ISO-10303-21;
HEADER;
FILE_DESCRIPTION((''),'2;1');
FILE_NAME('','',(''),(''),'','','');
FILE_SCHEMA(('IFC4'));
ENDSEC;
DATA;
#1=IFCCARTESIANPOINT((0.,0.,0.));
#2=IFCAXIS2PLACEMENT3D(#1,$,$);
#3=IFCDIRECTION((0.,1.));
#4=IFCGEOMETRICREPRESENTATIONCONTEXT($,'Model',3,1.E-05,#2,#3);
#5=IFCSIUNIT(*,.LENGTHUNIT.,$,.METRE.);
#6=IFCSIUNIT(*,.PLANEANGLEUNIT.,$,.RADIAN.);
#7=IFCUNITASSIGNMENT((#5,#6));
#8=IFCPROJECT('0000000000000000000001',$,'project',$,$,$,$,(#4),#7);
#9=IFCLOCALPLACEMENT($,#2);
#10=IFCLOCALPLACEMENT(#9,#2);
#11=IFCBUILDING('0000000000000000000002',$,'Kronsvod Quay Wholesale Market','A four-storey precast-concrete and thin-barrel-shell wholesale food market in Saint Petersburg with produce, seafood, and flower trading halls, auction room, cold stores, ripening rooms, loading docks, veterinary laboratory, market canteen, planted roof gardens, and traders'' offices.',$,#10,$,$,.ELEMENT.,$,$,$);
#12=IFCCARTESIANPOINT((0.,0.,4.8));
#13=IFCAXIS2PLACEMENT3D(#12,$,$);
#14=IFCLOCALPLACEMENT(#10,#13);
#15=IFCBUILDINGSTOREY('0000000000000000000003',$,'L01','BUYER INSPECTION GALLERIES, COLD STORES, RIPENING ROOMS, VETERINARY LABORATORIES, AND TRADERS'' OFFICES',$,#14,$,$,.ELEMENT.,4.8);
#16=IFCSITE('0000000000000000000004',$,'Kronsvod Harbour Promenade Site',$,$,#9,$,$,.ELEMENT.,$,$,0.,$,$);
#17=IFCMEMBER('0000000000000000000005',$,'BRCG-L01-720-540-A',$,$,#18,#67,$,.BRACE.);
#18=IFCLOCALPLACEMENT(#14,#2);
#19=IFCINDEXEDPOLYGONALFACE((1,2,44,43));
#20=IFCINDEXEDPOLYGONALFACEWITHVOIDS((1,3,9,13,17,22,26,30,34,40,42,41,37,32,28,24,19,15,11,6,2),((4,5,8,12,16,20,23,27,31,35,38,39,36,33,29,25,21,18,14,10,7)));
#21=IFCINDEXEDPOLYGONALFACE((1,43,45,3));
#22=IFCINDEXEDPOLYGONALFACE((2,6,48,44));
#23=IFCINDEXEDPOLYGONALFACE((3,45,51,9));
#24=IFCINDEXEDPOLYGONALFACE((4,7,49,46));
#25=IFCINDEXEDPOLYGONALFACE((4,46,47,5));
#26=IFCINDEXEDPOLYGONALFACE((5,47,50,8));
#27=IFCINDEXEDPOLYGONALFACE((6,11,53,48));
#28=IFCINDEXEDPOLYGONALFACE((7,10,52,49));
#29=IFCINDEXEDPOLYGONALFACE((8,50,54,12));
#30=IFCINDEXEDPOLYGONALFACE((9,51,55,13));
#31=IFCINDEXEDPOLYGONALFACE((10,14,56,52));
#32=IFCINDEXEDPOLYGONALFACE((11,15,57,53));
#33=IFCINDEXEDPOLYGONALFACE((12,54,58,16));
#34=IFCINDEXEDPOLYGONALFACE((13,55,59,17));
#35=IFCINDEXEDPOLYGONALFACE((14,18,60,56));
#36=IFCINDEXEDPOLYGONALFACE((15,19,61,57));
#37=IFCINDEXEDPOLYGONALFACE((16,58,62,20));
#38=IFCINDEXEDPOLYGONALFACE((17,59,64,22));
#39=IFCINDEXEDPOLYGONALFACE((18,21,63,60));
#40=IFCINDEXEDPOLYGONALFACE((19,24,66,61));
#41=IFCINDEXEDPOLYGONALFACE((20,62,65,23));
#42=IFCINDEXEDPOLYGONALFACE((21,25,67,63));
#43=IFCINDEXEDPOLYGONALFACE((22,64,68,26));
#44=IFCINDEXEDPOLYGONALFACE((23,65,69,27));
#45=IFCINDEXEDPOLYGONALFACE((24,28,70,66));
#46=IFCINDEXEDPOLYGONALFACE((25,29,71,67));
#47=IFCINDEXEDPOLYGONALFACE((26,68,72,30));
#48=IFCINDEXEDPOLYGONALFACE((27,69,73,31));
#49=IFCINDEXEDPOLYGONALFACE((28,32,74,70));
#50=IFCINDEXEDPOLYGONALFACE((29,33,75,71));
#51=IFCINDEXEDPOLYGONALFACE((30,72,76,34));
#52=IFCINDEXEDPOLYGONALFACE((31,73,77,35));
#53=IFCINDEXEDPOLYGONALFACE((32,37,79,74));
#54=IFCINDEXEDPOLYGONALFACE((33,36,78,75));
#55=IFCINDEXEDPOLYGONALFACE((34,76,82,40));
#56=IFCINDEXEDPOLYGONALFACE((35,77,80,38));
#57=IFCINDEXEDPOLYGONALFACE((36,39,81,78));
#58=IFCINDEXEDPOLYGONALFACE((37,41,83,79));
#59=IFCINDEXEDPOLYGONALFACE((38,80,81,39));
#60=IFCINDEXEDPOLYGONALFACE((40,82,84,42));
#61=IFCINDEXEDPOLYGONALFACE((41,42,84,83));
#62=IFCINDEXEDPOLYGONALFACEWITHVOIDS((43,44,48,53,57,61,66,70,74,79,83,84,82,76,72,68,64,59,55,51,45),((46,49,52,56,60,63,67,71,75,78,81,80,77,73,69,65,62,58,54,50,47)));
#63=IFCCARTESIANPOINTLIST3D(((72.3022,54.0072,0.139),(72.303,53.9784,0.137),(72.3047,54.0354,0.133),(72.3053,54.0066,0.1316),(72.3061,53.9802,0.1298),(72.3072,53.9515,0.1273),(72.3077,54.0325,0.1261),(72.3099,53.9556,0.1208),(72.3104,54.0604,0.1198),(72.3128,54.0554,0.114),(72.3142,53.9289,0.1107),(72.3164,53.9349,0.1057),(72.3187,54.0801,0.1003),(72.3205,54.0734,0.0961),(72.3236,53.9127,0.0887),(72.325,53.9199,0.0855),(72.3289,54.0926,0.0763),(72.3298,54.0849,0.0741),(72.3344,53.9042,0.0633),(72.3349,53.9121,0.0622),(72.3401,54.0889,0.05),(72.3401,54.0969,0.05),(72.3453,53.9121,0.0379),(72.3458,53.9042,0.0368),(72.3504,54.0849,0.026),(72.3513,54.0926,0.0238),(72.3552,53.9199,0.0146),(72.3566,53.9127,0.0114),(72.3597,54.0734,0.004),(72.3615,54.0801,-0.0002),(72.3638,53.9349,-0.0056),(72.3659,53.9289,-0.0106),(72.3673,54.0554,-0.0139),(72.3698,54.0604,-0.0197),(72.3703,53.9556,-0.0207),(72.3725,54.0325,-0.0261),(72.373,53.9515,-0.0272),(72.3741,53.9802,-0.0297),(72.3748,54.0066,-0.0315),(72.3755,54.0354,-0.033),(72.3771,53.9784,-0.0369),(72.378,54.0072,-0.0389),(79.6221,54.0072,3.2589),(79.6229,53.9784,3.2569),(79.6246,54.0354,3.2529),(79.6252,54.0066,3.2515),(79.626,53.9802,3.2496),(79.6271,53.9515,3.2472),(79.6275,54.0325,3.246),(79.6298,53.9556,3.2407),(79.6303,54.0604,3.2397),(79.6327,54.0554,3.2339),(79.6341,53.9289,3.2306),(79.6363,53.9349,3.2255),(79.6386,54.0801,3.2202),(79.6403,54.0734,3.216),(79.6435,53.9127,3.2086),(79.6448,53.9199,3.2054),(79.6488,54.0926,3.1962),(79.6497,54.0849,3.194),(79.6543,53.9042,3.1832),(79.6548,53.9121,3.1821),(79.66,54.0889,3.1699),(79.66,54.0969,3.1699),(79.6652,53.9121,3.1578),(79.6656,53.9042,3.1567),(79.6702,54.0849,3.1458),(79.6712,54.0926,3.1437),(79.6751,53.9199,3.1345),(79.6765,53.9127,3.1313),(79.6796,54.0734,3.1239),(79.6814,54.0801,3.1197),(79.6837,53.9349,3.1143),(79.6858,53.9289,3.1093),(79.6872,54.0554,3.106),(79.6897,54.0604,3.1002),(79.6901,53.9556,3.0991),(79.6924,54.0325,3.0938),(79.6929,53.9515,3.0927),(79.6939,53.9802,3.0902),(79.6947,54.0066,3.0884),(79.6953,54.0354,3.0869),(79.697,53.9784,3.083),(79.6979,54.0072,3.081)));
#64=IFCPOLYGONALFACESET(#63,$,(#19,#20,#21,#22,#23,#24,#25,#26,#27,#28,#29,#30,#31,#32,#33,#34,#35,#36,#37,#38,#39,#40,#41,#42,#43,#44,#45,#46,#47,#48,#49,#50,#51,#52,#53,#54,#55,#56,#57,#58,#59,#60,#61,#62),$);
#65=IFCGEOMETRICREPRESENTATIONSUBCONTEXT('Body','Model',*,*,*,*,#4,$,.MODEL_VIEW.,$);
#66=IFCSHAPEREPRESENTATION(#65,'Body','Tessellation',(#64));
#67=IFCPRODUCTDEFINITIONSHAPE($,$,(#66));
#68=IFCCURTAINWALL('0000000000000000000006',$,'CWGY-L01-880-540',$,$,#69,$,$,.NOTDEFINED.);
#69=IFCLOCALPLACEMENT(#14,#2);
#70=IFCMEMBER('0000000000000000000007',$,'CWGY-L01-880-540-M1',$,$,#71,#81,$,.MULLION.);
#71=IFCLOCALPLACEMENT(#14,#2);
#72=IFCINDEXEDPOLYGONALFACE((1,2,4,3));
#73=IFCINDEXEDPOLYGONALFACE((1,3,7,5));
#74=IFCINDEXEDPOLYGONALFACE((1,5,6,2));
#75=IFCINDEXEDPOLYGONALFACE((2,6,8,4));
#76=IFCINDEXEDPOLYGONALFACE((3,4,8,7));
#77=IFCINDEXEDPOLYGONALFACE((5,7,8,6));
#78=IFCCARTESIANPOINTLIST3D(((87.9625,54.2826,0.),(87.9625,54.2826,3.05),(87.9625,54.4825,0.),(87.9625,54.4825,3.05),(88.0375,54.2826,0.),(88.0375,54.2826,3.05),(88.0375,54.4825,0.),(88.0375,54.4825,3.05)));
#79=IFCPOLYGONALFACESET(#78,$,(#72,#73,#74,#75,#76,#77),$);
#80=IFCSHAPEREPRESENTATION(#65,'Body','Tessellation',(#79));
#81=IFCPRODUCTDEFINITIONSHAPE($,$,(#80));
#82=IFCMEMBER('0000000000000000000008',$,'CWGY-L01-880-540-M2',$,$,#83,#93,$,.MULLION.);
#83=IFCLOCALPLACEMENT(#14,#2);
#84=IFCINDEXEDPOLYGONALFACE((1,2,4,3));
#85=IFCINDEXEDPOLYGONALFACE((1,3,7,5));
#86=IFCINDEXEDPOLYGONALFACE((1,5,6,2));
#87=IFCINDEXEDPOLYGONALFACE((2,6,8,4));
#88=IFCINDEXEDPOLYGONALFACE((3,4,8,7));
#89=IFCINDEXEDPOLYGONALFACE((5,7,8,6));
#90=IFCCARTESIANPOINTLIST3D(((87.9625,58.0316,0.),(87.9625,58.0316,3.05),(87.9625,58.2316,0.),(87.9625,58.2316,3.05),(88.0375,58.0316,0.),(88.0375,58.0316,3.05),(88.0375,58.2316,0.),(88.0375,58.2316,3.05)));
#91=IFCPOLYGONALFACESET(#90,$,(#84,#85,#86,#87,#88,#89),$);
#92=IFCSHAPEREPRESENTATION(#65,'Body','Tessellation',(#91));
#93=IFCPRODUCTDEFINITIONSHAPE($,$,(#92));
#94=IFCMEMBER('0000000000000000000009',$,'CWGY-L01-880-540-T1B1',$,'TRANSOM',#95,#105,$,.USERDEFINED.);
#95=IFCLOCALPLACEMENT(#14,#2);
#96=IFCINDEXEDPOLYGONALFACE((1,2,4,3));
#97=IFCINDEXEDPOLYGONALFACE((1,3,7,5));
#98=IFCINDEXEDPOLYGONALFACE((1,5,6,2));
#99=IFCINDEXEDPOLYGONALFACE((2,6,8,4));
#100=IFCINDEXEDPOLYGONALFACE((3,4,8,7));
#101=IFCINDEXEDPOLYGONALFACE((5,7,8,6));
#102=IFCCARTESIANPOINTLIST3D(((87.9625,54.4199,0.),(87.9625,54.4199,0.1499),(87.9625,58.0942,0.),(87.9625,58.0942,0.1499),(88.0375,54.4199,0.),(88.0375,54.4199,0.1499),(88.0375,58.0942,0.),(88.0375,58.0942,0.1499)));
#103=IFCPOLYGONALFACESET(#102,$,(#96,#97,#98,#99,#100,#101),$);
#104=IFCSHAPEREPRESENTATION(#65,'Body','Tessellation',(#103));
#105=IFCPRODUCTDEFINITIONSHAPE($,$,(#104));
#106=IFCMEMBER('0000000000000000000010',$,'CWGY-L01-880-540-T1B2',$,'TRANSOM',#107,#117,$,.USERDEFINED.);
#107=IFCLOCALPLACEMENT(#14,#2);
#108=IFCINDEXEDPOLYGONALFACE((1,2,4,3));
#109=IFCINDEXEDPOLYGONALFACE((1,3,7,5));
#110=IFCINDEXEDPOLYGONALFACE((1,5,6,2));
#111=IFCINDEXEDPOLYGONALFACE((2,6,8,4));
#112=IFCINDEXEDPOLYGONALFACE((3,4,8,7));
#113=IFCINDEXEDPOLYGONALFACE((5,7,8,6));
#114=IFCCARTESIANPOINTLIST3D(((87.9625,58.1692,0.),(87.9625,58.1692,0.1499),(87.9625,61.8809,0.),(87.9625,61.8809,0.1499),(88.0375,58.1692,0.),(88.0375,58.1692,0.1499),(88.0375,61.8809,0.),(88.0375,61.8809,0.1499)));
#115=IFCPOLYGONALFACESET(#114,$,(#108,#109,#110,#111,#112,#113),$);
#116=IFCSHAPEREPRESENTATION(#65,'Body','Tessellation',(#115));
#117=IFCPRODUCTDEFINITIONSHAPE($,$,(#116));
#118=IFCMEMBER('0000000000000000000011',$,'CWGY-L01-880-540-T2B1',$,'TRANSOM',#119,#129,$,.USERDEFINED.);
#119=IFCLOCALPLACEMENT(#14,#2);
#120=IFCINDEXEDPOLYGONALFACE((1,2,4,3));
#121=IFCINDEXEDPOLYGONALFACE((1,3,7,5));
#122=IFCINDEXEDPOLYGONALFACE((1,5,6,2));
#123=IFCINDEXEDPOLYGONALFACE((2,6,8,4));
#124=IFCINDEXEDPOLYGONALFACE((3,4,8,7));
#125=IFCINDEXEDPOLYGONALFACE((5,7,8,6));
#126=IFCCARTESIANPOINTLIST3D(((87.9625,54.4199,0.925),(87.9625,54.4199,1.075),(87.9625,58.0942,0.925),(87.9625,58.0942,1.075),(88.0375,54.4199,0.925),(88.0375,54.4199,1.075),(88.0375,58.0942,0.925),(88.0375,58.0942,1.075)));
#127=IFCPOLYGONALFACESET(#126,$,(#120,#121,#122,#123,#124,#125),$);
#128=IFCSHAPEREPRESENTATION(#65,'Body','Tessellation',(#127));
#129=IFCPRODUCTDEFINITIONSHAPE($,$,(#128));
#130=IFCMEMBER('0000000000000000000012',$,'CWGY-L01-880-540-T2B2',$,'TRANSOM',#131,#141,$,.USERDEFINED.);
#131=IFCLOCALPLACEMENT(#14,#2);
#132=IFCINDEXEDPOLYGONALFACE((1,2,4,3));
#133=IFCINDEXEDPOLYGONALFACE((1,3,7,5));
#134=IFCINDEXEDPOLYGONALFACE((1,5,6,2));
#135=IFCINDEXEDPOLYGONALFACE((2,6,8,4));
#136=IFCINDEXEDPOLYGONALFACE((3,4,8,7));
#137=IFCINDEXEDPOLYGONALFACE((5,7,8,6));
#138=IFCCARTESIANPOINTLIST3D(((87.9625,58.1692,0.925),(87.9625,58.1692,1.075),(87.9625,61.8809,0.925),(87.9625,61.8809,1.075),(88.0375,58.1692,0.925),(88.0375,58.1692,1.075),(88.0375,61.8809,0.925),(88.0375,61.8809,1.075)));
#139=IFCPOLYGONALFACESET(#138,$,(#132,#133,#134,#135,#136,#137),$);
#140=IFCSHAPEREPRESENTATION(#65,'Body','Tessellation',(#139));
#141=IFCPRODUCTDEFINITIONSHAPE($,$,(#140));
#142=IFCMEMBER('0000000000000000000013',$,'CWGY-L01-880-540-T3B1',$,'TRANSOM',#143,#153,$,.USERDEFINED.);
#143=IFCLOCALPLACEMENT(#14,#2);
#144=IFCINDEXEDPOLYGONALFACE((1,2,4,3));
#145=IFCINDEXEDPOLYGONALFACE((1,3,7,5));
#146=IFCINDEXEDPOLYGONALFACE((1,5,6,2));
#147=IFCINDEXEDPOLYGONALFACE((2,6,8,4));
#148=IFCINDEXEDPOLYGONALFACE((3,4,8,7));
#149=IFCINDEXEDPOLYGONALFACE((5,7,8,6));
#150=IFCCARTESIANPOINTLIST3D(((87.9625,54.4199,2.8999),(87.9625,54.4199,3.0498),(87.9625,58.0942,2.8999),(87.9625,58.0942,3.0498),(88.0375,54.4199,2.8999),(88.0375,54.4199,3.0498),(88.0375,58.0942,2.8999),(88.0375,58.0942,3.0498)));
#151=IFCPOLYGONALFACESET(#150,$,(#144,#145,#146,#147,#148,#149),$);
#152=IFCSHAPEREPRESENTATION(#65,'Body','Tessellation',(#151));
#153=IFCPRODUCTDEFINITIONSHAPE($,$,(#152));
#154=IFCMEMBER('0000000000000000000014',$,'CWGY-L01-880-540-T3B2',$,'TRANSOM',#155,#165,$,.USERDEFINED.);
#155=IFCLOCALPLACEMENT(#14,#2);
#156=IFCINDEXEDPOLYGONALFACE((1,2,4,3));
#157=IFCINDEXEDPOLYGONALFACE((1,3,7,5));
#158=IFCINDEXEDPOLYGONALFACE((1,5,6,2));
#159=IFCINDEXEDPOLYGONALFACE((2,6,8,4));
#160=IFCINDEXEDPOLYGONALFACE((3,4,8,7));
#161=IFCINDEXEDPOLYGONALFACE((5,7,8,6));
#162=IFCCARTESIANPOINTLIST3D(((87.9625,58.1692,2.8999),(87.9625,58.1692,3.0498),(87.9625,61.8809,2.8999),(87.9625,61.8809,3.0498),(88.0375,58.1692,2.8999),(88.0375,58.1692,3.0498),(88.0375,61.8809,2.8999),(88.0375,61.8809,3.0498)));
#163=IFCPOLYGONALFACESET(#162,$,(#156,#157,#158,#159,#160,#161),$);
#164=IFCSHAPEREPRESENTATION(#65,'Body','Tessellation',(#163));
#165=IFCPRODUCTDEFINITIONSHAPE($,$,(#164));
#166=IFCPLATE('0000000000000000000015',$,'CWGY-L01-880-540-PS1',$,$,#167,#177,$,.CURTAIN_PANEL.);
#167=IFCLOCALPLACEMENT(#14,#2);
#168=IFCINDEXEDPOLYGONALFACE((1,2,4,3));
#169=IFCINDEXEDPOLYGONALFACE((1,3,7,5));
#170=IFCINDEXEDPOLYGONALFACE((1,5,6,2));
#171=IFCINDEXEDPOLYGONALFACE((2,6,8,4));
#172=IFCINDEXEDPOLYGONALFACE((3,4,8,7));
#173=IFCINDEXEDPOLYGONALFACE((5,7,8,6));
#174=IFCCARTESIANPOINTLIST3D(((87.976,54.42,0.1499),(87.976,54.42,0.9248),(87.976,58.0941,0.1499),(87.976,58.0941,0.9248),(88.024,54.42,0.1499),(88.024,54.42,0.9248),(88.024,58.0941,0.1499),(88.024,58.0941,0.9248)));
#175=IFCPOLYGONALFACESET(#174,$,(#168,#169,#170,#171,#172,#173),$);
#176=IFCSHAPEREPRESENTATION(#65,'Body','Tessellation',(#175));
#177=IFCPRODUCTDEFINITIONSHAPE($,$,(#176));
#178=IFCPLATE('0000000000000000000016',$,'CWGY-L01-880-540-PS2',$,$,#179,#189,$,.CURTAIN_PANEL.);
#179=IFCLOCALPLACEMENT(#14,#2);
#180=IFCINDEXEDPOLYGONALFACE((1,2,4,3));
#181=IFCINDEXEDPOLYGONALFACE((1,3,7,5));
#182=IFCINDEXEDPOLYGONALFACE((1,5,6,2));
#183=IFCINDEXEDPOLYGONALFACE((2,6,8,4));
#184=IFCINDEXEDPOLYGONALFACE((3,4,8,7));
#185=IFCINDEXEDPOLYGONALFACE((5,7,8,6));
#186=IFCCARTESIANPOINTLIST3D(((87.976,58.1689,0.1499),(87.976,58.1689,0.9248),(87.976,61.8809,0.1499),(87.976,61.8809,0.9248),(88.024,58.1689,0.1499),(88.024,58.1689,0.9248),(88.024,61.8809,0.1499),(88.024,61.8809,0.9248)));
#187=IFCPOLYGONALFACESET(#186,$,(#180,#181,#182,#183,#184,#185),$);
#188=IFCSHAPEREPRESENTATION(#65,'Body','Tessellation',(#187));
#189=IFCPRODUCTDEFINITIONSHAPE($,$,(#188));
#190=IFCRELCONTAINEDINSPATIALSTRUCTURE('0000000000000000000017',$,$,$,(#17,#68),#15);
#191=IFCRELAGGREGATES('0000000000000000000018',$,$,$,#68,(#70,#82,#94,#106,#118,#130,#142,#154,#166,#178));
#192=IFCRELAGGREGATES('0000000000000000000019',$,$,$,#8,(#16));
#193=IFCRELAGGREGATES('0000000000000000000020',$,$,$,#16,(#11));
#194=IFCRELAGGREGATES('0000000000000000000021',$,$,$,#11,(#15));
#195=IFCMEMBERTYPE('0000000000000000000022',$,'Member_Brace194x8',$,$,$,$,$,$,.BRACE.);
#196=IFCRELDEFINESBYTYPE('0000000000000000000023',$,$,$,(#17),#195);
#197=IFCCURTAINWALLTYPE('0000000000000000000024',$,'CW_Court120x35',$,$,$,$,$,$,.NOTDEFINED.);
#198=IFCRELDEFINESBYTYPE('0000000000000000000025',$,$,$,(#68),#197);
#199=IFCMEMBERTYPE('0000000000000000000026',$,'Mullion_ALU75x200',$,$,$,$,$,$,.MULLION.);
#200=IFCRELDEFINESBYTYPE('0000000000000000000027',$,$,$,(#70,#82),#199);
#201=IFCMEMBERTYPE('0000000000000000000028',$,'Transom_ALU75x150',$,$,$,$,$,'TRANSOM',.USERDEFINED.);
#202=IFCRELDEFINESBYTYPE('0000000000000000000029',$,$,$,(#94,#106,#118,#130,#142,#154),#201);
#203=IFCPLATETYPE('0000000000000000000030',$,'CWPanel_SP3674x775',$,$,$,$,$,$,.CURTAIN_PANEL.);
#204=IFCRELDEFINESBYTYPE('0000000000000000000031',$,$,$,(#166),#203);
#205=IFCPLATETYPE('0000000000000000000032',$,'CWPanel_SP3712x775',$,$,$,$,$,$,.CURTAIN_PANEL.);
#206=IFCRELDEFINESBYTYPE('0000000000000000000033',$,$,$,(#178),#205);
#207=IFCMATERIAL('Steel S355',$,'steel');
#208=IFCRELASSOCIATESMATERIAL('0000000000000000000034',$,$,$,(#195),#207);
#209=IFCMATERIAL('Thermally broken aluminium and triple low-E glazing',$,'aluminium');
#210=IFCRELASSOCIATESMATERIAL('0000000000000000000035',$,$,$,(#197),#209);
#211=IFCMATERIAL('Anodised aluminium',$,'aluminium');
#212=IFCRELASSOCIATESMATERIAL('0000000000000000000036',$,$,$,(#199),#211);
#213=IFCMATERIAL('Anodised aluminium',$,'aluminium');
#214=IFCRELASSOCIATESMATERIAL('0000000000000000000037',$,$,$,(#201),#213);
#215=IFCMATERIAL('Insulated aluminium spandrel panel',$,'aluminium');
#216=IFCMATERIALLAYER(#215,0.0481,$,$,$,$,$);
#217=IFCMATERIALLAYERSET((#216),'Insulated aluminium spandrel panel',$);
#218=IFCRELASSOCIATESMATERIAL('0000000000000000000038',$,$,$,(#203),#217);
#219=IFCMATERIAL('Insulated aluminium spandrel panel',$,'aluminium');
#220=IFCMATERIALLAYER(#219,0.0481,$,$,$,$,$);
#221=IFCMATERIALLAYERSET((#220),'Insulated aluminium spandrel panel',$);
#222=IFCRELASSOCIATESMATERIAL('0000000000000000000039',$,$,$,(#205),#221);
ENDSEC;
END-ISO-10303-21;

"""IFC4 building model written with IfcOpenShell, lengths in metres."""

from ifc_helpers import new_model, si_unit, direction, frame, origin, origin_2d, place, context, subcontext, project, spatial, rectangle, hollow_circle, extrude, material, layer, layer_set, material_profile, profile_set, type_object, element, aggregate, save


model = new_model("IFC4")

# Units and contexts
model_context = context("Model", 3, precision=1e-05, world=origin(), true_north=direction((0.0, 1.0)))
body_context = subcontext(model_context, "Body", "Model", "MODEL_VIEW")
ifc_project = project(units=[si_unit("LENGTHUNIT", "METRE"), si_unit("PLANEANGLEUNIT", "RADIAN")], contexts=[model_context])

# Site, building, storey
site_placement = place(None, origin())
site = spatial("IfcSite", under=ifc_project, at=site_placement, Name="Kronsvod Harbour Promenade Site", CompositionType="ELEMENT", RefElevation=0.0)
building_placement = place(site_placement, origin())
building = spatial("IfcBuilding", under=site, at=building_placement, Name="Kronsvod Quay Wholesale Market", Description="A four-storey precast-concrete and thin-barrel-shell wholesale food market in Saint Petersburg with produce, seafood, and flower trading halls, auction room, cold stores, ripening rooms, loading docks, veterinary laboratory, market canteen, planted roof gardens, and traders' offices.", CompositionType="ELEMENT")
storey_placement = place(building_placement, frame((0.0, 0.0, 4.8)))
storey = spatial("IfcBuildingStorey", under=building, at=storey_placement, Name="L01", Description="BUYER INSPECTION GALLERIES, COLD STORES, RIPENING ROOMS, VETERINARY LABORATORIES, AND TRADERS' OFFICES", CompositionType="ELEMENT", Elevation=4.8)

# Member
ifc_material_1 = material(Name="Steel S355", Category="steel")
ifc_material_profile_1 = material_profile(ifc_material_1, hollow_circle(Radius=0.0969, WallThickness=0.0081, at=origin_2d()), Name="CHS194x8")
ifc_profile_set_1 = profile_set([ifc_material_profile_1], Name="Steel S355")
member_type_1 = type_object("IfcMemberType", Name="Member_Brace194x8", PredefinedType="BRACE", material=ifc_profile_set_1)
member_1_placement = place(storey_placement, frame((72.3401, 54.0, 0.05), z_axis=(0.919926, 0.0, 0.392093), x_axis=(0.0, 1.0, 0.0)))
element("IfcMember", 1, at=member_1_placement, inside=storey, type_object=member_type_1, Name="BRCG-L01-720-540-A", PredefinedType="BRACE", context=body_context, shape_type="SweptSolid", body=[
    extrude(hollow_circle(Radius=0.0969, WallThickness=0.0081, at=origin_2d()), origin(), (0.0, 0.0, 1.0), 7.957),
])

# Curtain wall, members, plates
ifc_material_2 = material(Name="Thermally broken aluminium and triple low-E glazing", Category="aluminium")
curtain_wall_type = type_object("IfcCurtainWallType", Name="CW_Court120x35", PredefinedType="NOTDEFINED", material=ifc_material_2)
curtain_wall_placement = place(storey_placement, origin())
curtain_wall = element("IfcCurtainWall", 2, at=curtain_wall_placement, inside=storey, type_object=curtain_wall_type, Name="CWGY-L01-880-540", PredefinedType="NOTDEFINED")
ifc_material_3 = material(Name="Anodised aluminium", Category="aluminium")
ifc_material_profile_2 = material_profile(ifc_material_3, rectangle(XDim=0.075, YDim=0.2, at=origin_2d()), Name="ALUM75x200")
ifc_profile_set_2 = profile_set([ifc_material_profile_2], Name="Anodised aluminium")
member_type_2 = type_object("IfcMemberType", Name="Mullion_ALU75x200", PredefinedType="MULLION", material=ifc_profile_set_2)
member_2_placement = place(storey_placement, frame((88.0, 54.3826, 0.0), z_axis=(0.0, 0.0, 1.0), x_axis=(1.0, 0.0, 0.0)))
member_2 = element("IfcMember", 3, at=member_2_placement, type_object=member_type_2, Name="CWGY-L01-880-540-M1", PredefinedType="MULLION", context=body_context, shape_type="SweptSolid", body=[
    extrude(rectangle(XDim=0.075, YDim=0.2, at=origin_2d()), origin(), (0.0, 0.0, 1.0), 3.05),
])
member_3_placement = place(storey_placement, frame((88.0, 58.1316, 0.0), z_axis=(0.0, 0.0, 1.0), x_axis=(1.0, 0.0, 0.0)))
member_3 = element("IfcMember", 4, at=member_3_placement, type_object=member_type_2, Name="CWGY-L01-880-540-M2", PredefinedType="MULLION", context=body_context, shape_type="SweptSolid", body=[
    extrude(rectangle(XDim=0.075, YDim=0.2, at=origin_2d()), origin(), (0.0, 0.0, 1.0), 3.05),
])
ifc_material_4 = material(Name="Anodised aluminium", Category="aluminium")
ifc_material_profile_3 = material_profile(ifc_material_4, rectangle(XDim=0.075, YDim=0.1499, at=origin_2d()), Name="ALUT75x150")
ifc_profile_set_3 = profile_set([ifc_material_profile_3], Name="Anodised aluminium")
member_type_3 = type_object("IfcMemberType", Name="Transom_ALU75x150", ElementType="TRANSOM", PredefinedType="USERDEFINED", material=ifc_profile_set_3)
member_4_placement = place(storey_placement, frame((88.0, 54.4199, 0.075), z_axis=(0.0, 1.0, 0.0), x_axis=(-1.0, 0.0, 0.0)))
member_4 = element("IfcMember", 5, at=member_4_placement, type_object=member_type_3, Name="CWGY-L01-880-540-T1B1", ObjectType="TRANSOM", PredefinedType="USERDEFINED", context=body_context, shape_type="SweptSolid", body=[
    extrude(rectangle(XDim=0.075, YDim=0.1499, at=origin_2d()), origin(), (0.0, 0.0, 1.0), 3.6743),
])
member_5_placement = place(storey_placement, frame((88.0, 58.1692, 0.075), z_axis=(0.0, 1.0, 0.0), x_axis=(-1.0, 0.0, 0.0)))
member_5 = element("IfcMember", 6, at=member_5_placement, type_object=member_type_3, Name="CWGY-L01-880-540-T1B2", ObjectType="TRANSOM", PredefinedType="USERDEFINED", context=body_context, shape_type="SweptSolid", body=[
    extrude(rectangle(XDim=0.075, YDim=0.1499, at=origin_2d()), origin(), (0.0, 0.0, 1.0), 3.7117),
])
member_6_placement = place(storey_placement, frame((88.0, 54.4199, 1.0), z_axis=(0.0, 1.0, 0.0), x_axis=(-1.0, 0.0, 0.0)))
member_6 = element("IfcMember", 7, at=member_6_placement, type_object=member_type_3, Name="CWGY-L01-880-540-T2B1", ObjectType="TRANSOM", PredefinedType="USERDEFINED", context=body_context, shape_type="SweptSolid", body=[
    extrude(rectangle(XDim=0.075, YDim=0.1499, at=origin_2d()), origin(), (0.0, 0.0, 1.0), 3.6743),
])
member_7_placement = place(storey_placement, frame((88.0, 58.1692, 1.0), z_axis=(0.0, 1.0, 0.0), x_axis=(-1.0, 0.0, 0.0)))
member_7 = element("IfcMember", 8, at=member_7_placement, type_object=member_type_3, Name="CWGY-L01-880-540-T2B2", ObjectType="TRANSOM", PredefinedType="USERDEFINED", context=body_context, shape_type="SweptSolid", body=[
    extrude(rectangle(XDim=0.075, YDim=0.1499, at=origin_2d()), origin(), (0.0, 0.0, 1.0), 3.7117),
])
member_8_placement = place(storey_placement, frame((88.0, 54.4199, 2.9749), z_axis=(0.0, 1.0, 0.0), x_axis=(-1.0, 0.0, 0.0)))
member_8 = element("IfcMember", 9, at=member_8_placement, type_object=member_type_3, Name="CWGY-L01-880-540-T3B1", ObjectType="TRANSOM", PredefinedType="USERDEFINED", context=body_context, shape_type="SweptSolid", body=[
    extrude(rectangle(XDim=0.075, YDim=0.1499, at=origin_2d()), origin(), (0.0, 0.0, 1.0), 3.6743),
])
member_9_placement = place(storey_placement, frame((88.0, 58.1692, 2.9749), z_axis=(0.0, 1.0, 0.0), x_axis=(-1.0, 0.0, 0.0)))
member_9 = element("IfcMember", 10, at=member_9_placement, type_object=member_type_3, Name="CWGY-L01-880-540-T3B2", ObjectType="TRANSOM", PredefinedType="USERDEFINED", context=body_context, shape_type="SweptSolid", body=[
    extrude(rectangle(XDim=0.075, YDim=0.1499, at=origin_2d()), origin(), (0.0, 0.0, 1.0), 3.7117),
])
ifc_material_5 = material(Name="Insulated aluminium spandrel panel", Category="aluminium")
ifc_layer_1 = layer(ifc_material_5, 0.0481)
ifc_layer_set_1 = layer_set([ifc_layer_1], Name="Insulated aluminium spandrel panel")
plate_type_1 = type_object("IfcPlateType", Name="CWPanel_SP3674x775", PredefinedType="CURTAIN_PANEL", material=ifc_layer_set_1)
plate_1_placement = place(storey_placement, frame((88.0, 56.2571, 0.1499), z_axis=(0.0, 0.0, 1.0), x_axis=(0.0, 1.0, 0.0)))
plate_1 = element("IfcPlate", 11, at=plate_1_placement, type_object=plate_type_1, Name="CWGY-L01-880-540-PS1", PredefinedType="CURTAIN_PANEL", context=body_context, shape_type="SweptSolid", body=[
    extrude(rectangle(XDim=3.6741, YDim=0.0481, at=origin_2d()), origin(), (0.0, 0.0, 1.0), 0.7749),
])
ifc_material_6 = material(Name="Insulated aluminium spandrel panel", Category="aluminium")
ifc_layer_2 = layer(ifc_material_6, 0.0481)
ifc_layer_set_2 = layer_set([ifc_layer_2], Name="Insulated aluminium spandrel panel")
plate_type_2 = type_object("IfcPlateType", Name="CWPanel_SP3712x775", PredefinedType="CURTAIN_PANEL", material=ifc_layer_set_2)
plate_2_placement = place(storey_placement, frame((88.0, 60.0249, 0.1499), z_axis=(0.0, 0.0, 1.0), x_axis=(0.0, 1.0, 0.0)))
plate_2 = element("IfcPlate", 12, at=plate_2_placement, type_object=plate_type_2, Name="CWGY-L01-880-540-PS2", PredefinedType="CURTAIN_PANEL", context=body_context, shape_type="SweptSolid", body=[
    extrude(rectangle(XDim=3.7119, YDim=0.0481, at=origin_2d()), origin(), (0.0, 0.0, 1.0), 0.7749),
])
aggregate(curtain_wall, [member_2, member_3, member_4, member_5, member_6, member_7, member_8, member_9, plate_1, plate_2])

save(model, "model.ifc")
